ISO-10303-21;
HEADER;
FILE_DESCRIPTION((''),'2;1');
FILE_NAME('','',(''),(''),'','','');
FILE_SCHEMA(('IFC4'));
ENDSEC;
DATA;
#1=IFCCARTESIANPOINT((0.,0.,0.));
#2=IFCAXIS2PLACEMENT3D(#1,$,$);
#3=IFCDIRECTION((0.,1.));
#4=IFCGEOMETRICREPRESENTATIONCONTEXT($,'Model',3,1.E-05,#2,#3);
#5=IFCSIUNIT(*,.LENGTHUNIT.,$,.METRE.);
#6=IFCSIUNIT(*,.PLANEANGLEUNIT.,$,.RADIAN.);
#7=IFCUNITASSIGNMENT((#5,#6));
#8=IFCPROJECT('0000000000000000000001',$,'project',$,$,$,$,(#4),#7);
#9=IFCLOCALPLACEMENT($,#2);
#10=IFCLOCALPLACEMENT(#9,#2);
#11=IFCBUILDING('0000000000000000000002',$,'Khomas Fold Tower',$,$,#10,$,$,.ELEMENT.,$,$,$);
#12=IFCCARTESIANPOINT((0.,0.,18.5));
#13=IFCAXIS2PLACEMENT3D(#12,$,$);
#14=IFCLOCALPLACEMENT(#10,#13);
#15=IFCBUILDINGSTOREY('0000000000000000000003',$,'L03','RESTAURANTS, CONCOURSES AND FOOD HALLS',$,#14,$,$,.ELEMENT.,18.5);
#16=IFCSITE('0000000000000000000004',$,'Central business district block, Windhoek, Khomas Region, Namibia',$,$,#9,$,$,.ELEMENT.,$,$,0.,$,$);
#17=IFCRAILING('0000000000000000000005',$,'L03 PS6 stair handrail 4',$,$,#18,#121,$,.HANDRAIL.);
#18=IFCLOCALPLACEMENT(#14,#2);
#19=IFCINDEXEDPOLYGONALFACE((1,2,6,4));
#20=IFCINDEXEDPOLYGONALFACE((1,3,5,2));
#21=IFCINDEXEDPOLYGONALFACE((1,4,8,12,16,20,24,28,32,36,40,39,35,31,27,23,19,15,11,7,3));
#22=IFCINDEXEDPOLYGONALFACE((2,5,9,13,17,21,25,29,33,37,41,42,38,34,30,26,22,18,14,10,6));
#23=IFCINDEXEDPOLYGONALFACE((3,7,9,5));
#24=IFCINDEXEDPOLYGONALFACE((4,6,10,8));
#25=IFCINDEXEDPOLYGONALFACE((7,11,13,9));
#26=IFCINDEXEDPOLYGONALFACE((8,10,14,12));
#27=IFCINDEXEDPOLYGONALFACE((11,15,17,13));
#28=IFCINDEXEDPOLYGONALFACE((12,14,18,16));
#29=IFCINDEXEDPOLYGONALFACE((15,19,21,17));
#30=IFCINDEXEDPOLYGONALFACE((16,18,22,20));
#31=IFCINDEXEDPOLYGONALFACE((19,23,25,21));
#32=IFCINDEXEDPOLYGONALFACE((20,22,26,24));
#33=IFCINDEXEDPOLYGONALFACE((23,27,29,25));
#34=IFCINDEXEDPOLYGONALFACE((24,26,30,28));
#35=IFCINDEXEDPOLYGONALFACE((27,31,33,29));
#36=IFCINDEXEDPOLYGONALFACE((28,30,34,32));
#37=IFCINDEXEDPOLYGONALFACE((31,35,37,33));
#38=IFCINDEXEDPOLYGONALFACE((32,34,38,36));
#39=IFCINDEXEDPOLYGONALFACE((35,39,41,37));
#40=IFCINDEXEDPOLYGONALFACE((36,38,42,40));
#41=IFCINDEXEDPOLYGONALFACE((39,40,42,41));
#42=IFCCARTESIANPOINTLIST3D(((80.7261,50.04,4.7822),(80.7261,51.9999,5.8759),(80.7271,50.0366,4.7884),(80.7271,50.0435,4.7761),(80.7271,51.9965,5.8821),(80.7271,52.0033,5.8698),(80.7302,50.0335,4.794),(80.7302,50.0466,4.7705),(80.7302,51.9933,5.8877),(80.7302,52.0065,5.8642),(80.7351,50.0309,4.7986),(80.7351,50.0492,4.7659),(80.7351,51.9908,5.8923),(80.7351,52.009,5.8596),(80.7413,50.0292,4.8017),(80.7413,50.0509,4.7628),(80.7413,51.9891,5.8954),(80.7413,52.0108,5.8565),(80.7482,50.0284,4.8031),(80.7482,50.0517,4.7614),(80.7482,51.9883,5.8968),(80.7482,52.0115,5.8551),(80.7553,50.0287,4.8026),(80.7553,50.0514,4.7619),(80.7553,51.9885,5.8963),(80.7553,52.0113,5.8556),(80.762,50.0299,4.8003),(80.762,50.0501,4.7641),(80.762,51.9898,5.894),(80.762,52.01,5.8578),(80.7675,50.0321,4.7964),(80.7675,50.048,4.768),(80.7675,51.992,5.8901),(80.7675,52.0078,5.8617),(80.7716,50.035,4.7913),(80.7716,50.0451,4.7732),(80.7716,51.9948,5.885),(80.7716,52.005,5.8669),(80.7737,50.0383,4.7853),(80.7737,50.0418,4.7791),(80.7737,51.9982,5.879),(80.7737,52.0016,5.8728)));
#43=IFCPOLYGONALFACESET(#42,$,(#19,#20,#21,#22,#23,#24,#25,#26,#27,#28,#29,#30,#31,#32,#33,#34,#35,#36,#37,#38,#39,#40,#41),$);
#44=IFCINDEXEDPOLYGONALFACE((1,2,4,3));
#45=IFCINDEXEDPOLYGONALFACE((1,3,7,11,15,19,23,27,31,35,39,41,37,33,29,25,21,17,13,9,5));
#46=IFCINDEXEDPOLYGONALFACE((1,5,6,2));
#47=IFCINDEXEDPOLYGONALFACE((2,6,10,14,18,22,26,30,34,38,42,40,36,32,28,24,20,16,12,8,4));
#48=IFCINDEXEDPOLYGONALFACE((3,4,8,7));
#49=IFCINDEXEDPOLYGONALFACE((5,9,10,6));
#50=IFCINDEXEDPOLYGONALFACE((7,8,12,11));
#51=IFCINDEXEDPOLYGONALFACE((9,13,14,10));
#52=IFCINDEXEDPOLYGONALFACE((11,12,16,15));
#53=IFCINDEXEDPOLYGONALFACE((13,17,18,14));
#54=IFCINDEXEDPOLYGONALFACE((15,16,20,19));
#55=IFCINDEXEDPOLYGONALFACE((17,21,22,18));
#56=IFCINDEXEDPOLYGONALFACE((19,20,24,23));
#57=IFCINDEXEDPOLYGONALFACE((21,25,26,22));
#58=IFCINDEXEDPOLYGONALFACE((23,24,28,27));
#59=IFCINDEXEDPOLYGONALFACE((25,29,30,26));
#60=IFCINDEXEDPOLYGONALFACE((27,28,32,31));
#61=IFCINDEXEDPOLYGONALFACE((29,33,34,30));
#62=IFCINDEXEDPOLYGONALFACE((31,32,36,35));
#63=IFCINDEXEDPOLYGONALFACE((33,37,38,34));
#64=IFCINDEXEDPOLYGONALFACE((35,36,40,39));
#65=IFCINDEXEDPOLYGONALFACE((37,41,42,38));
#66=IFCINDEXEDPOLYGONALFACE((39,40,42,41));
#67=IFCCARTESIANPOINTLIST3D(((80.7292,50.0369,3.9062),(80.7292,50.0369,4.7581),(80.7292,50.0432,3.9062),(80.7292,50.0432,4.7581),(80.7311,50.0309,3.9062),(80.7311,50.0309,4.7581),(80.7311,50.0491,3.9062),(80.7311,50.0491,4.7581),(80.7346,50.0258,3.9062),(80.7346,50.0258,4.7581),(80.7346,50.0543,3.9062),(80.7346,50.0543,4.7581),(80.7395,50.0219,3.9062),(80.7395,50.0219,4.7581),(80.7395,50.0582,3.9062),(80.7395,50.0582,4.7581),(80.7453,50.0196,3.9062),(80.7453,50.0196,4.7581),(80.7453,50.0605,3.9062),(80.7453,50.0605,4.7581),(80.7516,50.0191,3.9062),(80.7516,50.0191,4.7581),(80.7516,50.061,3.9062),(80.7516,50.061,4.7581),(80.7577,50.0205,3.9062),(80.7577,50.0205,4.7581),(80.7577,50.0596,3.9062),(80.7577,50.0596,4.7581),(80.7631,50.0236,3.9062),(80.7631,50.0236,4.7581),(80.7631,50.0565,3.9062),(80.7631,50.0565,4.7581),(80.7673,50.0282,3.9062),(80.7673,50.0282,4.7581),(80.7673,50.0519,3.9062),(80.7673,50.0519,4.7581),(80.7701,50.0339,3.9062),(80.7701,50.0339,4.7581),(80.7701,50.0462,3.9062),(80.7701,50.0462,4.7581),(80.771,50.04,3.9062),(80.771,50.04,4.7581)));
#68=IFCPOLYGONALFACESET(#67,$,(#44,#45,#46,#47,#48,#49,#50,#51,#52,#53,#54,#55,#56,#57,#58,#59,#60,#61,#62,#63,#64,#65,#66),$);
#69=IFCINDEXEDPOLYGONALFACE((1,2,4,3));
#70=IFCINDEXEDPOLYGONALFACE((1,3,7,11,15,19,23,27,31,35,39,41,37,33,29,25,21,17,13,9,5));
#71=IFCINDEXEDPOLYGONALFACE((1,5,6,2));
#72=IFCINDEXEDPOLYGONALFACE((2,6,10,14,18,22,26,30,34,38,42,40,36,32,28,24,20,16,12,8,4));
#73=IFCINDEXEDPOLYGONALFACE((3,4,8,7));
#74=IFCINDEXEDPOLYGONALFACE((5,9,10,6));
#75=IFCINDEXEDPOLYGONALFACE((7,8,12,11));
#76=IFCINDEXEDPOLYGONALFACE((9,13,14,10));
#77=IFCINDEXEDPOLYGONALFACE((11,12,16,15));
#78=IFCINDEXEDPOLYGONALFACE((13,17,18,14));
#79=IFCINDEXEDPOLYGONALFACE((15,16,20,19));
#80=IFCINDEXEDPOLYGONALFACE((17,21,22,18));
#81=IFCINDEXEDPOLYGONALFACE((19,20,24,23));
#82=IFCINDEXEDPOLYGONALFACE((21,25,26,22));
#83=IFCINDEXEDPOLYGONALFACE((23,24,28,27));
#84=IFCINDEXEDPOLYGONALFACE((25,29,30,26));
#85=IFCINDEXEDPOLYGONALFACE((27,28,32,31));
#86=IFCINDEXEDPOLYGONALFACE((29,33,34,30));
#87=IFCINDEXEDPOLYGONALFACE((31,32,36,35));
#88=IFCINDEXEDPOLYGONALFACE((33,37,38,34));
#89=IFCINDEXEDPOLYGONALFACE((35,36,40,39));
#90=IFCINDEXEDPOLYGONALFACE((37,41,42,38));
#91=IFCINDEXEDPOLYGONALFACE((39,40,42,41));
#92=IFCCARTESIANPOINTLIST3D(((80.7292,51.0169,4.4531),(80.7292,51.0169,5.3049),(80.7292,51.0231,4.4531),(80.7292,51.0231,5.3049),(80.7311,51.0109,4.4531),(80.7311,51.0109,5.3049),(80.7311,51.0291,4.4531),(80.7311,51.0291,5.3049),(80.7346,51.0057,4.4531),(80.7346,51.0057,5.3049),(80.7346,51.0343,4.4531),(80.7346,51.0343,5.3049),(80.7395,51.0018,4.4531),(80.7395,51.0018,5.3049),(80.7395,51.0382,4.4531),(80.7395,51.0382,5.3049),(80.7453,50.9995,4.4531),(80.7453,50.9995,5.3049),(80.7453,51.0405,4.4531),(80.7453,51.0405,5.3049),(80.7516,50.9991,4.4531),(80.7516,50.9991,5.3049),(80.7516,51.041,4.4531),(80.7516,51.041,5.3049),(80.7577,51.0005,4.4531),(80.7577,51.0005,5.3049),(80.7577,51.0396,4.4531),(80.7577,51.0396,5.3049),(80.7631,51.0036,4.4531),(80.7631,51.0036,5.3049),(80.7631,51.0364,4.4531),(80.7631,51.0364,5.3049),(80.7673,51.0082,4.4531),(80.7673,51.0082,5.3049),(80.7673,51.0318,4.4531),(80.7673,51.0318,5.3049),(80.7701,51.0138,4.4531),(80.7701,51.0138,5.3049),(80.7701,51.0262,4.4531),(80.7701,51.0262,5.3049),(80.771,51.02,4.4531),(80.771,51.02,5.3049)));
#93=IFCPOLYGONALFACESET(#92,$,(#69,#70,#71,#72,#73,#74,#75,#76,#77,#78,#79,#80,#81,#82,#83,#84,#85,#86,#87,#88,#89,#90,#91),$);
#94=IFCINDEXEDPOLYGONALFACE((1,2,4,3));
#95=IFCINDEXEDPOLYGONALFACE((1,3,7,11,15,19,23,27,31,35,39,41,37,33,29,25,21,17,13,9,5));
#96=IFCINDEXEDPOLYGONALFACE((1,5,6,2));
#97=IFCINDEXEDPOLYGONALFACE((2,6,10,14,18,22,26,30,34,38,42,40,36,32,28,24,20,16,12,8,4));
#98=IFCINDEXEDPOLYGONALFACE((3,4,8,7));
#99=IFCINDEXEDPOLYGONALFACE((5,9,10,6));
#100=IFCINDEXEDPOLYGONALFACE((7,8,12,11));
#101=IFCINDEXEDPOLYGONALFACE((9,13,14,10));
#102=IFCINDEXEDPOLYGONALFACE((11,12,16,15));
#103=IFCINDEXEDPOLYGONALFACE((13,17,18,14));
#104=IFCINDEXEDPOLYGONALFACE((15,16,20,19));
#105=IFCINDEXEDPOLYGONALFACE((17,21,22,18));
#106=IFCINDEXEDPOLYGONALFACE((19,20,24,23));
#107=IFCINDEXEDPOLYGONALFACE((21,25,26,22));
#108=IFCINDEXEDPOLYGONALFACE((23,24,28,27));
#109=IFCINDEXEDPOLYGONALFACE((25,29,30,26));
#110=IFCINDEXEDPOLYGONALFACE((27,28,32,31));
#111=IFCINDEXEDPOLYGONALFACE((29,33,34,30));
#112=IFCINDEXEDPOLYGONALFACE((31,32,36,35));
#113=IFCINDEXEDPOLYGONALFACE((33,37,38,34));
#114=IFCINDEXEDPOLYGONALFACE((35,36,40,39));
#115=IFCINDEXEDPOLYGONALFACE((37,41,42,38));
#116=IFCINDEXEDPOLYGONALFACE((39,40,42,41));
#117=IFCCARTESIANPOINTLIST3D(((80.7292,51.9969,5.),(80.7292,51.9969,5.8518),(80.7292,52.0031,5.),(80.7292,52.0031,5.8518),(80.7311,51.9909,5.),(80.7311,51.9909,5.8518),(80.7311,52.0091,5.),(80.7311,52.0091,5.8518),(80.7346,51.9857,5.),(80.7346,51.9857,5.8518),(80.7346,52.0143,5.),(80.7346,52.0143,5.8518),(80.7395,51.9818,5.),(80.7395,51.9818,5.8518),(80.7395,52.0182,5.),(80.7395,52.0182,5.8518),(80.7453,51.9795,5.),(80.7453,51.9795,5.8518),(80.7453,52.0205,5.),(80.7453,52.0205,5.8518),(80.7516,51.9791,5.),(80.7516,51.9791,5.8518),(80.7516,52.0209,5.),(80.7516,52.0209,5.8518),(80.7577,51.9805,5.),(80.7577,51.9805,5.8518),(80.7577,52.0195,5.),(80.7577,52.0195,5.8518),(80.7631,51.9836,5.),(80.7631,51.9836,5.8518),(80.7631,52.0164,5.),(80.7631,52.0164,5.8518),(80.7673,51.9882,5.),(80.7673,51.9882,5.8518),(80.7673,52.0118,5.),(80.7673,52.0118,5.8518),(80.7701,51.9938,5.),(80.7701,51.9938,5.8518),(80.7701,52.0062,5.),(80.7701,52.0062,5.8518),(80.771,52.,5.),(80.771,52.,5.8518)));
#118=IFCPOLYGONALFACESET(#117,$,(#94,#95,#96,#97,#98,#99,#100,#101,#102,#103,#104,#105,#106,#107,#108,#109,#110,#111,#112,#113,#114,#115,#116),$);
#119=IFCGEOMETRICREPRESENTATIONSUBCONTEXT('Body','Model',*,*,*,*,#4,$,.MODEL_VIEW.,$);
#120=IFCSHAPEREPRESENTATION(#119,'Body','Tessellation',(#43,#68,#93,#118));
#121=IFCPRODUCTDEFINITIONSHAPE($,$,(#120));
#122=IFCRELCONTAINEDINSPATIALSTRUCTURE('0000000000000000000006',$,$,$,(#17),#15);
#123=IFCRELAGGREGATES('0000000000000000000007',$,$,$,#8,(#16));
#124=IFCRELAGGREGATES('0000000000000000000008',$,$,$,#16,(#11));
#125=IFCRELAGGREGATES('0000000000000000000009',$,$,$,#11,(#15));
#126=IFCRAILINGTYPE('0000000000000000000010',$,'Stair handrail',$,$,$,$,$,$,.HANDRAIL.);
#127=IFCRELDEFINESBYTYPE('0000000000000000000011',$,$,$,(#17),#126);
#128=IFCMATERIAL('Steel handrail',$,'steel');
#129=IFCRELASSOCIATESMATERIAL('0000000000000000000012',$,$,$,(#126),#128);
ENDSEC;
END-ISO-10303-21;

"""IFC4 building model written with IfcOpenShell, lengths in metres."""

from ifc_helpers import new_model, si_unit, direction, frame, origin, origin_2d, place, context, subcontext, project, spatial, circle, extrude, source, transform, mapped, material, type_object, element, save


model = new_model("IFC4")

# Units and contexts
model_context = context("Model", 3, precision=1e-05, world=origin(), true_north=direction((0.0, 1.0)))
body_context = subcontext(model_context, "Body", "Model", "MODEL_VIEW")
ifc_project = project(units=[si_unit("LENGTHUNIT", "METRE"), si_unit("PLANEANGLEUNIT", "RADIAN")], contexts=[model_context])

# Site, building, storey
site_placement = place(None, origin())
site = spatial("IfcSite", under=ifc_project, at=site_placement, Name="Central business district block, Windhoek, Khomas Region, Namibia", CompositionType="ELEMENT", RefElevation=0.0)
building_placement = place(site_placement, origin())
building = spatial("IfcBuilding", under=site, at=building_placement, Name="Khomas Fold Tower", CompositionType="ELEMENT")
storey_placement = place(building_placement, frame((0.0, 0.0, 18.5)))
storey = spatial("IfcBuildingStorey", under=building, at=storey_placement, Name="L03", Description="RESTAURANTS, CONCOURSES AND FOOD HALLS", CompositionType="ELEMENT", Elevation=18.5)

# Railing
ifc_material_1 = material(Name="Steel handrail", Category="steel")
railing_type_1 = type_object("IfcRailingType", Name="Stair handrail", PredefinedType="HANDRAIL", material=ifc_material_1)
shared_shape_1 = source(origin(), body_context, "Body", "SweptSolid", [
    extrude(circle(Radius=0.0239, at=origin_2d()), frame((0.0, 0.0, 0.876), z_axis=(0.0, 0.873232, 0.487304), x_axis=(-1.0, 0.0, 0.0)), (0.0, 0.0, 1.0), 2.2444),
    extrude(circle(Radius=0.021, at=origin_2d()), origin(), (0.0, 0.0, 1.0), 0.8518),
    extrude(circle(Radius=0.021, at=origin_2d()), frame((0.0, 0.98, 0.5469)), (0.0, 0.0, 1.0), 0.8518),
    extrude(circle(Radius=0.021, at=origin_2d()), frame((0.0, 1.96, 1.0938)), (0.0, 0.0, 1.0), 0.8518),
])
for number, where, name in (
    (1, (80.75, 50.04, 3.9062), "L03 PS6 stair handrail 4"),
):
    element("IfcRailing", number, at=place(storey_placement, frame(where)), inside=storey, type_object=railing_type_1, Name=name, PredefinedType="HANDRAIL", context=body_context, shape_type="MappedRepresentation", body=[
        mapped(shared_shape_1, transform((0.0, 0.0, 0.0))),
    ])

save(model, "model.ifc")
